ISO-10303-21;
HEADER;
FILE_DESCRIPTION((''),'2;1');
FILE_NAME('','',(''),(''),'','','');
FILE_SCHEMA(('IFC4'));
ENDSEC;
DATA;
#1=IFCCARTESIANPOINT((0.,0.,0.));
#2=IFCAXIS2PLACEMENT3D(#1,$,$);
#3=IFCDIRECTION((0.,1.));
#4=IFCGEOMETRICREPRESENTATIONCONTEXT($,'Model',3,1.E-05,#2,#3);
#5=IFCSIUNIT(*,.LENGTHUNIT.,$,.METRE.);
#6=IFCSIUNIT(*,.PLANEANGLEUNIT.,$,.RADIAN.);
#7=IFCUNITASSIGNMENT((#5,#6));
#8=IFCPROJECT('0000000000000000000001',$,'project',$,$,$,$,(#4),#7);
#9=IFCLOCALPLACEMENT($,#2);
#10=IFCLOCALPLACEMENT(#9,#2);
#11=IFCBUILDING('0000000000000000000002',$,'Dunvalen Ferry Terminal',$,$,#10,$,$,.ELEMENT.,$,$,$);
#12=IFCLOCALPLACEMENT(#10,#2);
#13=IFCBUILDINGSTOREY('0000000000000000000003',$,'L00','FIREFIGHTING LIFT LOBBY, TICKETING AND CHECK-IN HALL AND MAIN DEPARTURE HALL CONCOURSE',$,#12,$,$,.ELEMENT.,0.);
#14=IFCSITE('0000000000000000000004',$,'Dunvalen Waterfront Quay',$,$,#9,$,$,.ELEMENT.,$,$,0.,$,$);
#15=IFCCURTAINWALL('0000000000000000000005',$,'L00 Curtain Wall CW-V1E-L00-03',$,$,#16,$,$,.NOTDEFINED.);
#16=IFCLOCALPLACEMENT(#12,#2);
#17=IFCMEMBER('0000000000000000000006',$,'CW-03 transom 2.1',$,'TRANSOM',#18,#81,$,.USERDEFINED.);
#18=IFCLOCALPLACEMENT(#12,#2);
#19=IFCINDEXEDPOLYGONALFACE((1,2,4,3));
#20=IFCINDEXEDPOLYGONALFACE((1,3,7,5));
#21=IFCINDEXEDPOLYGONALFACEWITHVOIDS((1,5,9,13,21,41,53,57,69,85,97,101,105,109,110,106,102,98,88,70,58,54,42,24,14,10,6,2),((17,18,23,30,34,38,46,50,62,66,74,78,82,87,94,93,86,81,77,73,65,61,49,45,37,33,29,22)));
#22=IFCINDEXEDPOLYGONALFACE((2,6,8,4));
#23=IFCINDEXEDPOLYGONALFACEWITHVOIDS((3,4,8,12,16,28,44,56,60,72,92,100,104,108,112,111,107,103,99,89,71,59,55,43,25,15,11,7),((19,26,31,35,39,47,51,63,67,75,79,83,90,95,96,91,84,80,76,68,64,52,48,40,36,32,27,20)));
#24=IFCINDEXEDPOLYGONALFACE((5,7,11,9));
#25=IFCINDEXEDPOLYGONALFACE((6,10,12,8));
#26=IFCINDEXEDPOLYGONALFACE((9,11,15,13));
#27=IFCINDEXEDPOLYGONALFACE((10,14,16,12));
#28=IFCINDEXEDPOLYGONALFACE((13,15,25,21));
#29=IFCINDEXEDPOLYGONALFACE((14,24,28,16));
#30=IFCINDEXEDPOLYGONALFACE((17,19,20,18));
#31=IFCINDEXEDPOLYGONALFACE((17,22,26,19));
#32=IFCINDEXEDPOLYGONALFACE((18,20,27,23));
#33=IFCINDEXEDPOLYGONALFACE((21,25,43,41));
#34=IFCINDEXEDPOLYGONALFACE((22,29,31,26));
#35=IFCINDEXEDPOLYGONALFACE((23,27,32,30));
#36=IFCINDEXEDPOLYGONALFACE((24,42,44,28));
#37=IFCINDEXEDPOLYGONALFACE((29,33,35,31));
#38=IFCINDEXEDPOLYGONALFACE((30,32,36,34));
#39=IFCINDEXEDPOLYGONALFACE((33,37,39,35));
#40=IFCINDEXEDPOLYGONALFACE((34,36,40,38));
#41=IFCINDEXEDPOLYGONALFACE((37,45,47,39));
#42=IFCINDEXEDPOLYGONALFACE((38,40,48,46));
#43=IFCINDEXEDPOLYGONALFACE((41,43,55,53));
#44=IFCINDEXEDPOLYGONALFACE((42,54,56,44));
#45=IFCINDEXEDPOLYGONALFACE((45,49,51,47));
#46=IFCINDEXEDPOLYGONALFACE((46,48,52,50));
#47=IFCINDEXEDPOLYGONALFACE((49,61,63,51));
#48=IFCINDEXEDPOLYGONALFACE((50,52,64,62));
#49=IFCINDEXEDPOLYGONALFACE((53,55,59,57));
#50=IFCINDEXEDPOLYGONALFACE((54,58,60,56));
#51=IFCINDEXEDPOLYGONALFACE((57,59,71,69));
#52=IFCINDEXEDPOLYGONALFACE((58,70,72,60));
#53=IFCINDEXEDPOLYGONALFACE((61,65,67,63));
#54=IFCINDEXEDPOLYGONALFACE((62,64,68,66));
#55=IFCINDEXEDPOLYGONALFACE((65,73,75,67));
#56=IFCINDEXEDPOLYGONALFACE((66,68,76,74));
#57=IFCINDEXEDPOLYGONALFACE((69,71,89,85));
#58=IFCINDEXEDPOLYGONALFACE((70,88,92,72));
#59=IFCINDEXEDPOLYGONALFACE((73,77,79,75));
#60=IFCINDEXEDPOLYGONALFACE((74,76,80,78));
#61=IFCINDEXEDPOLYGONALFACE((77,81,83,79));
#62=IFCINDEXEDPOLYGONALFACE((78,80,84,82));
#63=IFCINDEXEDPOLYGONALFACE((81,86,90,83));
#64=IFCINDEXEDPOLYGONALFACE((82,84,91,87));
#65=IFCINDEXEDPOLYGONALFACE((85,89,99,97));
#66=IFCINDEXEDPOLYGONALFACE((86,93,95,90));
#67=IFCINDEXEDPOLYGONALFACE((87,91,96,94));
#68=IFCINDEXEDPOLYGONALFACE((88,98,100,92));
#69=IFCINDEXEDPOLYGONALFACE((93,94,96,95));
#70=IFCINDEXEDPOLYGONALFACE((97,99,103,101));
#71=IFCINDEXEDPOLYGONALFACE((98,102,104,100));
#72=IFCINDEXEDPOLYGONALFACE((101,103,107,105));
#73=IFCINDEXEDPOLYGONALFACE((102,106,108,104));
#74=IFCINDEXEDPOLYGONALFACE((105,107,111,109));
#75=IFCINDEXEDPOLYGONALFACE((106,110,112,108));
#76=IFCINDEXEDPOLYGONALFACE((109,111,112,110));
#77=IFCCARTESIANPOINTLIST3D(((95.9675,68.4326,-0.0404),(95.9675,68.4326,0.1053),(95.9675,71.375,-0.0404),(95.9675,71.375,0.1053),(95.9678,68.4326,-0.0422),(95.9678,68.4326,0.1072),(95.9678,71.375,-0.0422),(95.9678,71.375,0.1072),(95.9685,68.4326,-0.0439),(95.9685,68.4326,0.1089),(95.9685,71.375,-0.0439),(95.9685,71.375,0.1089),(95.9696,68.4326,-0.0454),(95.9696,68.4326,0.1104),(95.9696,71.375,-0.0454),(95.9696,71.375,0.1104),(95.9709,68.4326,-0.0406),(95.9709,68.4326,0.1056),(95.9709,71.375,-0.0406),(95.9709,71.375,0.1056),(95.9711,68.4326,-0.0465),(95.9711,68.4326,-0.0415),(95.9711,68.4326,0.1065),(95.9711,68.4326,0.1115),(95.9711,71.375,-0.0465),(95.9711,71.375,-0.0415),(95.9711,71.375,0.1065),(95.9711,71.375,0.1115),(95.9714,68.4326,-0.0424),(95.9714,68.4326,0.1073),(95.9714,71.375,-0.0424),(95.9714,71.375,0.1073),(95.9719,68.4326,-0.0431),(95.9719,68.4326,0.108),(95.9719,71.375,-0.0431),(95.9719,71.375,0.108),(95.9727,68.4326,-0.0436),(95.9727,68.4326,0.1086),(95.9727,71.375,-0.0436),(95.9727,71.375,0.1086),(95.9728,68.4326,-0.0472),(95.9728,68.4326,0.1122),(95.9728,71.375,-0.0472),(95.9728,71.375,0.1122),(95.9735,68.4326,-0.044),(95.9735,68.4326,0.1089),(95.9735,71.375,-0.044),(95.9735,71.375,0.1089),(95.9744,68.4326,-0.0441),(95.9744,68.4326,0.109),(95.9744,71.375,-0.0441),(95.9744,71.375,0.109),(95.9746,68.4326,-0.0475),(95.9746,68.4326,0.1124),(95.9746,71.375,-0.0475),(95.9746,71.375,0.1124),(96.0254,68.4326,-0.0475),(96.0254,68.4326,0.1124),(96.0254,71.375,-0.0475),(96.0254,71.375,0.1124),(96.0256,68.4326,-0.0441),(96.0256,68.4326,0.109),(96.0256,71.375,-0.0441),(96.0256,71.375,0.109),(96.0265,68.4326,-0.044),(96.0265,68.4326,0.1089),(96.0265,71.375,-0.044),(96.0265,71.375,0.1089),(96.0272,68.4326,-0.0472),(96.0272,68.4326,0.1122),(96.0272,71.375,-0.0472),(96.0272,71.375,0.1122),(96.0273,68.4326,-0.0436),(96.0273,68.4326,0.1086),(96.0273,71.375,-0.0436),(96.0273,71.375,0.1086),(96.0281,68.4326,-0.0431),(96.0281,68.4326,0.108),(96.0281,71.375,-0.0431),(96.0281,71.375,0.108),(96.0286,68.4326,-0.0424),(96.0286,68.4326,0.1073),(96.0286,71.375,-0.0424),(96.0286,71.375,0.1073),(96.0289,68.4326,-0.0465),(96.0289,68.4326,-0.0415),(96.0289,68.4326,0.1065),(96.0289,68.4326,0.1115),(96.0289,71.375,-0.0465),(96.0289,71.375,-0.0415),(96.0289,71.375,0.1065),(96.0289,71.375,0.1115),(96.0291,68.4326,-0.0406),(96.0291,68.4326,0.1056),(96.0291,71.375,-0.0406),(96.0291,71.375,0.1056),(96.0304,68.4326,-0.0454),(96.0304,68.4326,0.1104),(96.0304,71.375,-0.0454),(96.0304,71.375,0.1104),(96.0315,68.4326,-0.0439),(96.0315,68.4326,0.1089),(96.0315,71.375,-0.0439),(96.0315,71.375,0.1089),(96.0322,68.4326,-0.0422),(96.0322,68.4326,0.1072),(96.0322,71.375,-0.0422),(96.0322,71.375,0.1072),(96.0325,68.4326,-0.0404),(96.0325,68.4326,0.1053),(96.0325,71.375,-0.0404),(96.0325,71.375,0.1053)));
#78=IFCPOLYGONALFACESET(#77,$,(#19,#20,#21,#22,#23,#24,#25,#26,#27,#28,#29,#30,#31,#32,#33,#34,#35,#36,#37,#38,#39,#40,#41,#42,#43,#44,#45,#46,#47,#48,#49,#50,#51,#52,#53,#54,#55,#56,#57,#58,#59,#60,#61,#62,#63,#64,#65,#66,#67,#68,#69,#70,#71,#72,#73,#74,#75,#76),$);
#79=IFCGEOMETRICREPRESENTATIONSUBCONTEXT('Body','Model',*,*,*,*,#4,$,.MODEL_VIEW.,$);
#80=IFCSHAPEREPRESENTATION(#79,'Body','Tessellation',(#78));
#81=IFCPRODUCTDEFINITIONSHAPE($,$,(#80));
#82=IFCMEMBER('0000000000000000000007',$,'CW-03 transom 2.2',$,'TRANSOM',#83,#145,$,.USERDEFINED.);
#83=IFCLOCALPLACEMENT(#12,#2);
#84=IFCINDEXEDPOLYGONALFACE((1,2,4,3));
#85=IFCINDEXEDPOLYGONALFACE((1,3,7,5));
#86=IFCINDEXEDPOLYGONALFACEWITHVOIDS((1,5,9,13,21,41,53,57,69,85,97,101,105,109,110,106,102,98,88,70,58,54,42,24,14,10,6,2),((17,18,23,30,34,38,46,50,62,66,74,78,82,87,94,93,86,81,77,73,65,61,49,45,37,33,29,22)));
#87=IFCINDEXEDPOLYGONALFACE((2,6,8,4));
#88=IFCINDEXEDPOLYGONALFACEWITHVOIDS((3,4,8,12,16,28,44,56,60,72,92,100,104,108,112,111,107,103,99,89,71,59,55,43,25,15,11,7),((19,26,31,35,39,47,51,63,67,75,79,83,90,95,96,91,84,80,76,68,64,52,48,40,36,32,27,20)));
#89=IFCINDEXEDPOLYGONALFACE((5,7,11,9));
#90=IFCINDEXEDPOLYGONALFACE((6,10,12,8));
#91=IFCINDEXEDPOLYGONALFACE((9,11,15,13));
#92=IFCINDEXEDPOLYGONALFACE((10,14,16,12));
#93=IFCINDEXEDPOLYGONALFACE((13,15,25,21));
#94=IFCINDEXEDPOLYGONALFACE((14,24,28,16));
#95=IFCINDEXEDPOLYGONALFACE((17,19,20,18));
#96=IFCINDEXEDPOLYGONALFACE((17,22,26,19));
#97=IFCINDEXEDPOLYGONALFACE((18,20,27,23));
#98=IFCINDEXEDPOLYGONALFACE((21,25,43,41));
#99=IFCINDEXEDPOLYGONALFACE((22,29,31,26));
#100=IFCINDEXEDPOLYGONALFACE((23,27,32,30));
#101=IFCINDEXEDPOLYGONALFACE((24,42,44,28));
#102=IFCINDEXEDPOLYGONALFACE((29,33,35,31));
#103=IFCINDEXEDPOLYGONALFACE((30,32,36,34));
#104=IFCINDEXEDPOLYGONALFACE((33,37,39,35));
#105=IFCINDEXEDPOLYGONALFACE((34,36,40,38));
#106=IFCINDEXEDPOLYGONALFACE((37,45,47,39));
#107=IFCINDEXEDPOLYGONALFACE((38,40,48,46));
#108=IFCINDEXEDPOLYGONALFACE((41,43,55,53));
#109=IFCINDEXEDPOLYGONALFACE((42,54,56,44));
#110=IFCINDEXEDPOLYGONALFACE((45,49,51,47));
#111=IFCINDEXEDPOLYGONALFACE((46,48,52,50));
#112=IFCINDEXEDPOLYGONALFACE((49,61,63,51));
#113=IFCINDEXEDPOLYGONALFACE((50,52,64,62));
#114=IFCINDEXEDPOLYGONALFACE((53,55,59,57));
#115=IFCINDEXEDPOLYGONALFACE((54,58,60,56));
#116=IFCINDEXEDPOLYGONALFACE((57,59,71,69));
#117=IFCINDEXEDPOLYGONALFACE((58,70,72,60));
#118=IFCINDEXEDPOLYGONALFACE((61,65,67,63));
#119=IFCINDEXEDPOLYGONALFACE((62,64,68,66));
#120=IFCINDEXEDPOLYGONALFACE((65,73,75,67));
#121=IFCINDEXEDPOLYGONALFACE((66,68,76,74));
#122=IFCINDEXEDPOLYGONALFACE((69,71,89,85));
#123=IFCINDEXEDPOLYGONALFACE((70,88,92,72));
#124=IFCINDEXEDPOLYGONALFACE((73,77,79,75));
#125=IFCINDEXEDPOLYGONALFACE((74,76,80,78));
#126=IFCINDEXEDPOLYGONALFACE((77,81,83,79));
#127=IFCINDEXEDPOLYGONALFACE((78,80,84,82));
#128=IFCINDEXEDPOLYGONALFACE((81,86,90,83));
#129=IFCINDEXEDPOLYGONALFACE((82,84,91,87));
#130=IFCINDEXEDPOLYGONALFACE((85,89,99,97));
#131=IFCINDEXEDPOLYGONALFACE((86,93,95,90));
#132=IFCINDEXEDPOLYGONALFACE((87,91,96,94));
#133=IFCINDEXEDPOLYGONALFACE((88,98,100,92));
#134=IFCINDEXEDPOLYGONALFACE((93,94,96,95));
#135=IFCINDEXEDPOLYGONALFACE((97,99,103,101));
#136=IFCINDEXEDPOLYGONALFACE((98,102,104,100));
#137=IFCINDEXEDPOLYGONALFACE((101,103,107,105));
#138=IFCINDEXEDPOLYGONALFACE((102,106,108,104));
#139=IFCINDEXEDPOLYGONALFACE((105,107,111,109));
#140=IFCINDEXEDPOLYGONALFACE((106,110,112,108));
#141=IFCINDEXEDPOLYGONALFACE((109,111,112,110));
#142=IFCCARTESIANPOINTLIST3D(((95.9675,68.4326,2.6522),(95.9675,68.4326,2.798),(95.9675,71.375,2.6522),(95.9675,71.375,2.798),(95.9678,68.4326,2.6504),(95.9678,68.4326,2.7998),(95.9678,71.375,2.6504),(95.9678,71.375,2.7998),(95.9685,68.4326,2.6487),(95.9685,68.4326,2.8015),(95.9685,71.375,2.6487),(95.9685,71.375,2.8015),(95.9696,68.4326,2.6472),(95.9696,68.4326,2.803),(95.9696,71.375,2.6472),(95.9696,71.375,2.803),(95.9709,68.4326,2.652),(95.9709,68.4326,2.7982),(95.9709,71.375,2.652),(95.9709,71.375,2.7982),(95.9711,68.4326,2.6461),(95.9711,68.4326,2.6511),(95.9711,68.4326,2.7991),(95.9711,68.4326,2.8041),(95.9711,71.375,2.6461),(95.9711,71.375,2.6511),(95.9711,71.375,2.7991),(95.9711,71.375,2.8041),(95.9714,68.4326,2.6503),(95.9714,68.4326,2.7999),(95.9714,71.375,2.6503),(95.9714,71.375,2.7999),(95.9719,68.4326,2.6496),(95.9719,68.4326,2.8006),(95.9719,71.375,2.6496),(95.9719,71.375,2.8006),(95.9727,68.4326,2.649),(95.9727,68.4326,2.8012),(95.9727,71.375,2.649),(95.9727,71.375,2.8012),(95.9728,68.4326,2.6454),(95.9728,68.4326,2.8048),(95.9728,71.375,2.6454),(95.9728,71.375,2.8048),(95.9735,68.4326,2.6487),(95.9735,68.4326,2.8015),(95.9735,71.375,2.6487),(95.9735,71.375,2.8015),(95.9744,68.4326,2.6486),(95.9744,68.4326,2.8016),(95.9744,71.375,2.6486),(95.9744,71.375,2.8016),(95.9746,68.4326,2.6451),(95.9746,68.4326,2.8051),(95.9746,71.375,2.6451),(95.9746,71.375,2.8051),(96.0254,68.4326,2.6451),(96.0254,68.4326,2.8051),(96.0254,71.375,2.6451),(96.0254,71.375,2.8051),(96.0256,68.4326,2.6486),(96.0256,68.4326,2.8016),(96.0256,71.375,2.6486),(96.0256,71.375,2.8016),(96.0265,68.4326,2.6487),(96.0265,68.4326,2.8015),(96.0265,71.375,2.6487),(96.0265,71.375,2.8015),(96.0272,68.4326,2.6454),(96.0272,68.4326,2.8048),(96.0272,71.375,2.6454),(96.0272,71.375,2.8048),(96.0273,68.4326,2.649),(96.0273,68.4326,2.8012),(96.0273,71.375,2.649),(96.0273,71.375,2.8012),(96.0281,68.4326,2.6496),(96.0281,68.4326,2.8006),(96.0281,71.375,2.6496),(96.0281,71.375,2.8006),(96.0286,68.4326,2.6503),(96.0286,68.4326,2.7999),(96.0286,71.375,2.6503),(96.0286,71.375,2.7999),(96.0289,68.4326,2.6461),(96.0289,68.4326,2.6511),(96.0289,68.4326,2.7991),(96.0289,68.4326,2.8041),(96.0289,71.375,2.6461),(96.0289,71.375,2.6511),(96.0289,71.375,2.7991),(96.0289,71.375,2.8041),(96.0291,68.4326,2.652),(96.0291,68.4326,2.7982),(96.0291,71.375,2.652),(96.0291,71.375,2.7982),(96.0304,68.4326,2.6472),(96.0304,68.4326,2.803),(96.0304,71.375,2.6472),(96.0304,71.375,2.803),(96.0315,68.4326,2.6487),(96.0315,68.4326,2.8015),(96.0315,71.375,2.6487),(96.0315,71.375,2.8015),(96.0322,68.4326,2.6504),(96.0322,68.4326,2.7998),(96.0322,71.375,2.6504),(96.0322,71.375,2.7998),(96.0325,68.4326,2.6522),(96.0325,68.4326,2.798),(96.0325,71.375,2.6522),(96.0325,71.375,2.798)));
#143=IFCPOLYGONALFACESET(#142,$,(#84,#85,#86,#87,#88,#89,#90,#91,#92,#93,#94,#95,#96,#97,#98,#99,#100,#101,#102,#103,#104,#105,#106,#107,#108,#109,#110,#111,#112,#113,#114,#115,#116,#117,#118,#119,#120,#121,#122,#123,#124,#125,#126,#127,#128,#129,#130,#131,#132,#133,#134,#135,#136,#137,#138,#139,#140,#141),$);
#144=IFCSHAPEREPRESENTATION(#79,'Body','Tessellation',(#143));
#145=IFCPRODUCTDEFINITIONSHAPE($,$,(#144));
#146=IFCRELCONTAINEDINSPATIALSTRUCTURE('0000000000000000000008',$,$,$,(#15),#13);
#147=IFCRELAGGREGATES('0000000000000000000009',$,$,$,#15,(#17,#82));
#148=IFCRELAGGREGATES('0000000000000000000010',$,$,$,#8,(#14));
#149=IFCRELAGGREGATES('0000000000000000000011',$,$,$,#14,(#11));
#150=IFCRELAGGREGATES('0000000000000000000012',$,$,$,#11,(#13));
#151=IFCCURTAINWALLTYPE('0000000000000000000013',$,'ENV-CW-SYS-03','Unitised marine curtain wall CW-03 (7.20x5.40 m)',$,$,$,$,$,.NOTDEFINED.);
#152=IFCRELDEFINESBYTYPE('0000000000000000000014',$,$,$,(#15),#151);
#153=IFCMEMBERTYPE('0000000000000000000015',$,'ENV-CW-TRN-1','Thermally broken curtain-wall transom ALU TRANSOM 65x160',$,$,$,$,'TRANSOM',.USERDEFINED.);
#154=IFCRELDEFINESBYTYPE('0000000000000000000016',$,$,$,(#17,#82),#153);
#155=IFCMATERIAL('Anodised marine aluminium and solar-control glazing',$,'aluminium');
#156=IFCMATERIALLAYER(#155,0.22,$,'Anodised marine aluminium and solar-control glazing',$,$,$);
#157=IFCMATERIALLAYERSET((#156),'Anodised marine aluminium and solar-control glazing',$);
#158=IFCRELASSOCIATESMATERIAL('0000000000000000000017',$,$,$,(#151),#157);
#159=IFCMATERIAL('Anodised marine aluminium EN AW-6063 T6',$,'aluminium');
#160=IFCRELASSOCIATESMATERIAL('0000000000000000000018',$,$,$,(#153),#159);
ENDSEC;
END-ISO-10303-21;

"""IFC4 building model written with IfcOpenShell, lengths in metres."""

from ifc_helpers import new_model, si_unit, direction, frame, origin, origin_2d, place, context, subcontext, project, spatial, hollow_rectangle, extrude, material, layer, layer_set, material_profile, profile_set, type_object, element, aggregate, save


model = new_model("IFC4")

# Units and contexts
model_context = context("Model", 3, precision=1e-05, world=origin(), true_north=direction((0.0, 1.0)))
body_context = subcontext(model_context, "Body", "Model", "MODEL_VIEW")
ifc_project = project(units=[si_unit("LENGTHUNIT", "METRE"), si_unit("PLANEANGLEUNIT", "RADIAN")], contexts=[model_context])

# Site, building, storey
site_placement = place(None, origin())
site = spatial("IfcSite", under=ifc_project, at=site_placement, Name="Dunvalen Waterfront Quay", CompositionType="ELEMENT", RefElevation=0.0)
building_placement = place(site_placement, origin())
building = spatial("IfcBuilding", under=site, at=building_placement, Name="Dunvalen Ferry Terminal", CompositionType="ELEMENT")
storey_placement = place(building_placement, origin())
storey = spatial("IfcBuildingStorey", under=building, at=storey_placement, Name="L00", Description="FIREFIGHTING LIFT LOBBY, TICKETING AND CHECK-IN HALL AND MAIN DEPARTURE HALL CONCOURSE", CompositionType="ELEMENT", Elevation=0.0)

# Curtain wall
ifc_material_1 = material(Name="Anodised marine aluminium and solar-control glazing", Category="aluminium")
ifc_layer_1 = layer(ifc_material_1, 0.22, Name="Anodised marine aluminium and solar-control glazing")
ifc_layer_set_1 = layer_set([ifc_layer_1], Name="Anodised marine aluminium and solar-control glazing")
curtain_wall_type = type_object("IfcCurtainWallType", Name="ENV-CW-SYS-03", Description="Unitised marine curtain wall CW-03 (7.20x5.40 m)", PredefinedType="NOTDEFINED", material=ifc_layer_set_1)
curtain_wall_1_placement = place(storey_placement, origin())
curtain_wall_1 = element("IfcCurtainWall", 1, at=curtain_wall_1_placement, inside=storey, type_object=curtain_wall_type, Name="L00 Curtain Wall CW-V1E-L00-03", PredefinedType="NOTDEFINED")
ifc_material_2 = material(Name="Anodised marine aluminium EN AW-6063 T6", Category="aluminium")

# Members
ifc_material_profile_1 = material_profile(ifc_material_2, hollow_rectangle(XDim=0.0649, YDim=0.1599, WallThickness=0.0034, InnerFilletRadius=0.0034, OuterFilletRadius=0.0071, at=origin_2d()), Name="Anodised marine aluminium EN AW-6063 T6")
ifc_profile_set_1 = profile_set([ifc_material_profile_1], Name="Anodised marine aluminium EN AW-6063 T6")
member_type_1 = type_object("IfcMemberType", Name="ENV-CW-TRN-1", Description="Thermally broken curtain-wall transom ALU TRANSOM 65x160", ElementType="TRANSOM", PredefinedType="USERDEFINED", material=ifc_profile_set_1)
member_1_placement = place(storey_placement, frame((96.0, 68.4326, 0.0325), z_axis=(0.0, 1.0, 0.0), x_axis=(-1.0, 0.0, 0.0)))
member_1 = element("IfcMember", 2, at=member_1_placement, type_object=member_type_1, Name="CW-03 transom 2.1", ObjectType="TRANSOM", PredefinedType="USERDEFINED", context=body_context, shape_type="SweptSolid", body=[
    extrude(hollow_rectangle(XDim=0.0649, YDim=0.1599, WallThickness=0.0034, InnerFilletRadius=0.0034, OuterFilletRadius=0.0071, at=origin_2d()), origin(), (0.0, 0.0, 1.0), 2.9424),
])
member_2_placement = place(storey_placement, frame((96.0, 68.4326, 2.7251), z_axis=(0.0, 1.0, 0.0), x_axis=(-1.0, 0.0, 0.0)))
member_2 = element("IfcMember", 3, at=member_2_placement, type_object=member_type_1, Name="CW-03 transom 2.2", ObjectType="TRANSOM", PredefinedType="USERDEFINED", context=body_context, shape_type="SweptSolid", body=[
    extrude(hollow_rectangle(XDim=0.0649, YDim=0.1599, WallThickness=0.0034, InnerFilletRadius=0.0034, OuterFilletRadius=0.0071, at=origin_2d()), origin(), (0.0, 0.0, 1.0), 2.9424),
])

aggregate(curtain_wall_1, [member_1, member_2])

save(model, "model.ifc")
